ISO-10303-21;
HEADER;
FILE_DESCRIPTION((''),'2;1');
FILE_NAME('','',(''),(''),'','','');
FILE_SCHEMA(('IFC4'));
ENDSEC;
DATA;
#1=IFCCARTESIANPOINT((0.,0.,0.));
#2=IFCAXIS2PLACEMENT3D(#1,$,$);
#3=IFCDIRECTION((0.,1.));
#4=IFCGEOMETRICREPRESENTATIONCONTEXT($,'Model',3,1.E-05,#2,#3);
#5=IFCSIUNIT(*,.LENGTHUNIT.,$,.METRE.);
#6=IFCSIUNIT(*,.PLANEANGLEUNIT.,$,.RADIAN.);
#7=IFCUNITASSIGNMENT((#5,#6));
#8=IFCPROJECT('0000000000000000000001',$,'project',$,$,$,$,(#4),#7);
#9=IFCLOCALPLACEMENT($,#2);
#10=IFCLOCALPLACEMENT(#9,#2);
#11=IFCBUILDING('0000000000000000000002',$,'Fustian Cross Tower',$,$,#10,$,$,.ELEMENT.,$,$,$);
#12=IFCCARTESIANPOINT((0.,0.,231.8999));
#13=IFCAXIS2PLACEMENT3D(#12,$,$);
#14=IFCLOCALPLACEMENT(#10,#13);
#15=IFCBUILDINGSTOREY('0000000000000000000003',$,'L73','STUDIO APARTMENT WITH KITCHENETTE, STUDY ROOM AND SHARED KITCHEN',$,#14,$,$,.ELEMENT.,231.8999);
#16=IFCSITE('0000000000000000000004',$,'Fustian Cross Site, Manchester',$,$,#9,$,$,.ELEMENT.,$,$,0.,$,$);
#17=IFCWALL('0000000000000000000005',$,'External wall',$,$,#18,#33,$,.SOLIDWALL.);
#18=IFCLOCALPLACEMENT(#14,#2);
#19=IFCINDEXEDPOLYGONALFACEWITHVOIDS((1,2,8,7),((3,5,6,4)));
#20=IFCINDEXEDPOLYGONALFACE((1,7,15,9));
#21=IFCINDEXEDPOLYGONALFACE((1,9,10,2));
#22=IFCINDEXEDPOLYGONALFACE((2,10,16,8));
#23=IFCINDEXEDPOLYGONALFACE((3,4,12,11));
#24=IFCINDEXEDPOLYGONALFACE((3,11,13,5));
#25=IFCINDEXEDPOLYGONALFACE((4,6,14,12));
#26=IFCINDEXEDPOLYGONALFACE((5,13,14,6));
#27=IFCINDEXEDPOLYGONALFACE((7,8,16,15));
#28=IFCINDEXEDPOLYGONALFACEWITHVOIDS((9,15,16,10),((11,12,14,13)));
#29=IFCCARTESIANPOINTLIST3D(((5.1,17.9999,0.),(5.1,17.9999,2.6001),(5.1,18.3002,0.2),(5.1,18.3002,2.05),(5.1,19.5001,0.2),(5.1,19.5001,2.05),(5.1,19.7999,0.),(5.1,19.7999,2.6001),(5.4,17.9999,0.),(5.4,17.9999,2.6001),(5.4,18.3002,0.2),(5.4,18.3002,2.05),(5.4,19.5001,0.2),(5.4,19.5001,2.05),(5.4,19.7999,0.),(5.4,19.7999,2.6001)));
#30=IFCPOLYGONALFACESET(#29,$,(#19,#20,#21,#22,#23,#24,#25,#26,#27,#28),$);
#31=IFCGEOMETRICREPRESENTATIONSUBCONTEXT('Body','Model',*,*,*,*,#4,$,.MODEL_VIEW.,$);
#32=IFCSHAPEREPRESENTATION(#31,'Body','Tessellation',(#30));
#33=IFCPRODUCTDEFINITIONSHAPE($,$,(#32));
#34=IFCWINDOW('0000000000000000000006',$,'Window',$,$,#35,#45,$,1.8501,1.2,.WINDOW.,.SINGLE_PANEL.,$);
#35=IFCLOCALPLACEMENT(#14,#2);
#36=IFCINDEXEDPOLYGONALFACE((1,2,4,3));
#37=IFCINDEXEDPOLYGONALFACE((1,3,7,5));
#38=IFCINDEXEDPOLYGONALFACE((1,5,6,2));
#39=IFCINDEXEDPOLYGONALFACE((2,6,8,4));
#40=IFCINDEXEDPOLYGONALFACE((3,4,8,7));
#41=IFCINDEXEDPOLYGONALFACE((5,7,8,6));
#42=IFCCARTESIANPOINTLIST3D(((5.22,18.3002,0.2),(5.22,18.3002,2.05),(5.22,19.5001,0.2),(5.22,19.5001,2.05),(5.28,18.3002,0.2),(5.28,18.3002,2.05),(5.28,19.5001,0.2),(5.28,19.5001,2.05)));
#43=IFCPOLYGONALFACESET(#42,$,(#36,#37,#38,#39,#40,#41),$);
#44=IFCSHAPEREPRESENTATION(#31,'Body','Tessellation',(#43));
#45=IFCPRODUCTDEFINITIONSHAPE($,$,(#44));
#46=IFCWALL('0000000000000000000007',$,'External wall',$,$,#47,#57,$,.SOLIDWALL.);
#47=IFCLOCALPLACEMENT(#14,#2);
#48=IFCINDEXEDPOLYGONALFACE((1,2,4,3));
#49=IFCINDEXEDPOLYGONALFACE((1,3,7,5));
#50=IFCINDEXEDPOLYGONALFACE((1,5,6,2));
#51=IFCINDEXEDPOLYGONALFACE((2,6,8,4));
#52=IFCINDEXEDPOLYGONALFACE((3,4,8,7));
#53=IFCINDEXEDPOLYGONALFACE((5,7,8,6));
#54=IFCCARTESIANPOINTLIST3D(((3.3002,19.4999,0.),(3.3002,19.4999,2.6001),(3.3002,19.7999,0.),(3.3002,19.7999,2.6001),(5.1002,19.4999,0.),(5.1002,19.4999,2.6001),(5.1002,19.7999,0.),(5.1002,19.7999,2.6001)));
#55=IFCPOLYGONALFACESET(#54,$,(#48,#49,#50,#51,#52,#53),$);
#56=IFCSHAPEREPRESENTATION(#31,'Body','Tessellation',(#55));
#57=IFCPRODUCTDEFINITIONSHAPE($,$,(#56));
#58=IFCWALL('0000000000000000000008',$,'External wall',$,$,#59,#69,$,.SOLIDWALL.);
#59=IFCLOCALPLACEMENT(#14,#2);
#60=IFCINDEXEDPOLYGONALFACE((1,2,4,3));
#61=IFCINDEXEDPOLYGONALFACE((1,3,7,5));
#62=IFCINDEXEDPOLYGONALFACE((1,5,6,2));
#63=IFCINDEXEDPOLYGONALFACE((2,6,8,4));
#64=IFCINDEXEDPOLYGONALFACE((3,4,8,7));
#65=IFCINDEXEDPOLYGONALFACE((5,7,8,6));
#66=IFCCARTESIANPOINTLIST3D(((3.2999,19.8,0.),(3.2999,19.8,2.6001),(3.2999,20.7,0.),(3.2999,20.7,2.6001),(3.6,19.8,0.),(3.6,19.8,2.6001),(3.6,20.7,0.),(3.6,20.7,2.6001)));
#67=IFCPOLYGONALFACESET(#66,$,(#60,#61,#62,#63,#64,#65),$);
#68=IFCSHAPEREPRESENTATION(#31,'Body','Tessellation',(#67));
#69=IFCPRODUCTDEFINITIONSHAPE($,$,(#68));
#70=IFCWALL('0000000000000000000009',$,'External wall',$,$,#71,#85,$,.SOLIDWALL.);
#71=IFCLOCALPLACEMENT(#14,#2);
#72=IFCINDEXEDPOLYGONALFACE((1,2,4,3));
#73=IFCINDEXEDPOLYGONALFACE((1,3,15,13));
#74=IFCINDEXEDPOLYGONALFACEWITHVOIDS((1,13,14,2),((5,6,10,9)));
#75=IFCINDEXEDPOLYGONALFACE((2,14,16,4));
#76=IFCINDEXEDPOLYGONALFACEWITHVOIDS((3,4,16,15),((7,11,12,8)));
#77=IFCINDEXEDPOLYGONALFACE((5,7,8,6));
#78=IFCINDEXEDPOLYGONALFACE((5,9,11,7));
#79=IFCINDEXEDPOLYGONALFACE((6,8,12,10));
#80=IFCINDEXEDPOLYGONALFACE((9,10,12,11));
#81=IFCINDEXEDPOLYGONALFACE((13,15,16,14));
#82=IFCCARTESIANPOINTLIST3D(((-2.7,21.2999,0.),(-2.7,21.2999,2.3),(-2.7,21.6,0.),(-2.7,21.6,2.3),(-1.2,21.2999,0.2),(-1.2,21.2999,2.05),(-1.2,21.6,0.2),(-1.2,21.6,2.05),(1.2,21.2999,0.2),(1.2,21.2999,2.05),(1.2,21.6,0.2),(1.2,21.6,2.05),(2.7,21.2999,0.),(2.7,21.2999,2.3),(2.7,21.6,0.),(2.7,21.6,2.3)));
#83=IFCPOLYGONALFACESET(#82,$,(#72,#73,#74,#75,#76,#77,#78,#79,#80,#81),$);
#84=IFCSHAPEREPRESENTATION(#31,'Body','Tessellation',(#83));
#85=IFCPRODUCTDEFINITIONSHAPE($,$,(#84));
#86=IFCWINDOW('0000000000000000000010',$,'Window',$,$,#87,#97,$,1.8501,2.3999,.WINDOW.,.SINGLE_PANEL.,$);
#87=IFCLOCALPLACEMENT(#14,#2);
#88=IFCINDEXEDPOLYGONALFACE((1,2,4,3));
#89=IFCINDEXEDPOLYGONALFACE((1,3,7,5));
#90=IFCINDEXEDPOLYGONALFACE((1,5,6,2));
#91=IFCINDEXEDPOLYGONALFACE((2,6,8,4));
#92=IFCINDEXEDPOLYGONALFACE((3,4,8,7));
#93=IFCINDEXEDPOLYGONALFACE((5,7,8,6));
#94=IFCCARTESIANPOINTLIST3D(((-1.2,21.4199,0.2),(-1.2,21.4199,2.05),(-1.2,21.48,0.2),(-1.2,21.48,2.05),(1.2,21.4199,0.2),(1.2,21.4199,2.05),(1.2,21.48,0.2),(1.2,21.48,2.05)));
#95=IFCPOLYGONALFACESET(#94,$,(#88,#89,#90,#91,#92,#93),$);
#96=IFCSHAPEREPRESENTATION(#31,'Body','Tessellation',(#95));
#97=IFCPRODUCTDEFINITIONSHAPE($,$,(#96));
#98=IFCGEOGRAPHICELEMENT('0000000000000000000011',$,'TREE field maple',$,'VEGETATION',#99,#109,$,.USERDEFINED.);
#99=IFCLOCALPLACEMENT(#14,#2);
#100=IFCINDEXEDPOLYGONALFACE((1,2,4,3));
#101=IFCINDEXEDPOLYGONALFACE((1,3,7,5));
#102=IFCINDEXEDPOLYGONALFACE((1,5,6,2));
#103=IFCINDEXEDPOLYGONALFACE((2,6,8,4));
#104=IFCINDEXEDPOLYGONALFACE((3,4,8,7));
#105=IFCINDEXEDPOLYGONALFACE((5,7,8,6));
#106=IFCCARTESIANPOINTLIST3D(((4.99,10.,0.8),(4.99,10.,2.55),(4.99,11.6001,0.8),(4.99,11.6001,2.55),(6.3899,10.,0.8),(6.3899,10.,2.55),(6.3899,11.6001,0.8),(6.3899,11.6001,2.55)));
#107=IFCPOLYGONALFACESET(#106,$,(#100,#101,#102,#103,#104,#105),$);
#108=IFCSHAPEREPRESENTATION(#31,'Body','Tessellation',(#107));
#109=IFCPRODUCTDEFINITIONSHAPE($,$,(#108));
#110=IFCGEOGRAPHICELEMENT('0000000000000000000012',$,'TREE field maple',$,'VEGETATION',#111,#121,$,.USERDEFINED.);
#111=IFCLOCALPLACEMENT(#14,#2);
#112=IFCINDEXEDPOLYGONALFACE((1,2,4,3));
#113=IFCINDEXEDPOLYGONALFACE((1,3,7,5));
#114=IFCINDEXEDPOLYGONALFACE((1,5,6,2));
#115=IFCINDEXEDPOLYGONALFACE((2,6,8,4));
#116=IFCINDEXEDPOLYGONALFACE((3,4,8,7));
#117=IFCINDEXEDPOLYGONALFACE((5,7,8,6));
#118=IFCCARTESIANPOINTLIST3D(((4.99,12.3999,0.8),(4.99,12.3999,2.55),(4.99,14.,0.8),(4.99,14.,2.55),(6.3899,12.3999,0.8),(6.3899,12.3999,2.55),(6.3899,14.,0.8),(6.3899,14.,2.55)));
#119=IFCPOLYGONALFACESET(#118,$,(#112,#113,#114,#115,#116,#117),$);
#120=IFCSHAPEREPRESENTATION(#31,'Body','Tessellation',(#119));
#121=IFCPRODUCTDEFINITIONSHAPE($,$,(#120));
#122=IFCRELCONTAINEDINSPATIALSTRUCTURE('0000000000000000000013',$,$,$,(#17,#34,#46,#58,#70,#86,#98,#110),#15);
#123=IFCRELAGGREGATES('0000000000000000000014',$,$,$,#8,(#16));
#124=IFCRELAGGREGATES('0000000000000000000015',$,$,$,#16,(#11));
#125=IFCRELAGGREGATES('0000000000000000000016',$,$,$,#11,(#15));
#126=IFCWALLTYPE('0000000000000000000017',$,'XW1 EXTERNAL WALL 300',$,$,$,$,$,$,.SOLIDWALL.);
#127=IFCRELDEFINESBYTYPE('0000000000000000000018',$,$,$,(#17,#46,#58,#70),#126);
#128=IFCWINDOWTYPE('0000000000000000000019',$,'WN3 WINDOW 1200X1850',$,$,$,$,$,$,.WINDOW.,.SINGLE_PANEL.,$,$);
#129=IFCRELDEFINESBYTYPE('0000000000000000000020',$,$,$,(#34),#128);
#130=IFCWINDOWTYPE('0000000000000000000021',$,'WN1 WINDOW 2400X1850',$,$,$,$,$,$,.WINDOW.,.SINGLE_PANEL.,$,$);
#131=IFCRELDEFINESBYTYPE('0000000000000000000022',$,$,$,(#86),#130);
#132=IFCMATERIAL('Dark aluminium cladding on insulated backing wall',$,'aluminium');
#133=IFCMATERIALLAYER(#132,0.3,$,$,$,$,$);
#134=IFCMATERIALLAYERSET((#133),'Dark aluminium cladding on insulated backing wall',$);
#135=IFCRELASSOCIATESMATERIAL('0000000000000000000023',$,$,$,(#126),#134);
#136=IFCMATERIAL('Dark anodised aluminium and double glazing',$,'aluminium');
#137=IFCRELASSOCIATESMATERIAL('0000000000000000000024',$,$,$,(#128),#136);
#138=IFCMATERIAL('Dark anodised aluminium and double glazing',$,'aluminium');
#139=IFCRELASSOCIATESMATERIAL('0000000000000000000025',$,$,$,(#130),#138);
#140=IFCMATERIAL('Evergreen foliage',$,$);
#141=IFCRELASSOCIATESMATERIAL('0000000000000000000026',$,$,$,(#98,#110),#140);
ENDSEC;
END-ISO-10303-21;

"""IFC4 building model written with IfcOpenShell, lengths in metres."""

from ifc_helpers import new_model, si_unit, direction, frame, frame_2d, origin, origin_2d, place, context, subcontext, project, spatial, rectangle, extrude, material, layer, layer_set, type_object, element, fill, save


model = new_model("IFC4")

# Units and contexts
model_context = context("Model", 3, precision=1e-05, world=origin(), true_north=direction((0.0, 1.0)))
body_context = subcontext(model_context, "Body", "Model", "MODEL_VIEW")
ifc_project = project(units=[si_unit("LENGTHUNIT", "METRE"), si_unit("PLANEANGLEUNIT", "RADIAN")], contexts=[model_context])

# Site, building, storey
site_placement = place(None, origin())
site = spatial("IfcSite", under=ifc_project, at=site_placement, Name="Fustian Cross Site, Manchester", CompositionType="ELEMENT", RefElevation=0.0)
building_placement = place(site_placement, origin())
building = spatial("IfcBuilding", under=site, at=building_placement, Name="Fustian Cross Tower", CompositionType="ELEMENT")
storey_placement = place(building_placement, frame((0.0, 0.0, 231.8999)))
storey = spatial("IfcBuildingStorey", under=building, at=storey_placement, Name="L73", Description="STUDIO APARTMENT WITH KITCHENETTE, STUDY ROOM AND SHARED KITCHEN", CompositionType="ELEMENT", Elevation=231.8999)

# Shared definitions
ifc_material_1 = material(Name="Dark aluminium cladding on insulated backing wall", Category="aluminium")
ifc_layer_1 = layer(ifc_material_1, 0.3)
ifc_layer_set_1 = layer_set([ifc_layer_1], Name="Dark aluminium cladding on insulated backing wall")
wall_type_1 = type_object("IfcWallType", Name="XW1 EXTERNAL WALL 300", PredefinedType="SOLIDWALL", material=ifc_layer_set_1)

# Wall, opening, window
wall_1_placement = place(storey_placement, frame((5.25, 18.0, 0.0), z_axis=(0.0, 0.0, 1.0), x_axis=(0.0, 1.0, 0.0)))
wall_1 = element("IfcWall", 1, at=wall_1_placement, inside=storey, type_object=wall_type_1, Name="External wall", PredefinedType="SOLIDWALL", context=body_context, shape_type="SweptSolid", body=[
    extrude(rectangle(XDim=1.8, YDim=0.3, at=frame_2d((0.8999, 0.0))), origin(), (0.0, 0.0, 1.0), 2.6001),
])
opening_1_placement = place(wall_1_placement, frame((0.3, 0.0, 0.2)))
opening_1 = element("IfcOpeningElement", 2, at=opening_1_placement, cuts=wall_1, PredefinedType="OPENING", context=body_context, shape_type="SweptSolid", body=[
    extrude(rectangle(XDim=1.2, YDim=1.8501, at=frame_2d((0.6001, 0.925))), frame((0.0, 0.1599, 0.0), z_axis=(0.0, -1.0, 0.0), x_axis=(1.0, 0.0, 0.0)), (0.0, 0.0, 1.0), 0.3201),
])
ifc_material_2 = material(Name="Dark anodised aluminium and double glazing", Category="aluminium")
window_type_1 = type_object("IfcWindowType", Name="WN3 WINDOW 1200X1850", PartitioningType="SINGLE_PANEL", PredefinedType="WINDOW", material=ifc_material_2)
window_1_placement = place(opening_1_placement, origin())
window_1 = element("IfcWindow", 3, at=window_1_placement, inside=storey, type_object=window_type_1, Name="Window", OverallHeight=1.8501, OverallWidth=1.2, PartitioningType="SINGLE_PANEL", PredefinedType="WINDOW", context=body_context, shape_type="SweptSolid", body=[
    extrude(rectangle(XDim=1.2, YDim=1.8501, at=frame_2d((0.6001, 0.925))), frame((0.0, 0.03, 0.0), z_axis=(0.0, -1.0, 0.0), x_axis=(1.0, 0.0, 0.0)), (0.0, 0.0, 1.0), 0.0601),
])
fill(opening_1, window_1)

# Walls
wall_2_placement = place(storey_placement, frame((5.1001, 19.6499, 0.0), z_axis=(0.0, 0.0, 1.0), x_axis=(-1.0, 0.0, 0.0)))
element("IfcWall", 4, at=wall_2_placement, inside=storey, type_object=wall_type_1, Name="External wall", PredefinedType="SOLIDWALL", context=body_context, shape_type="SweptSolid", body=[
    extrude(rectangle(XDim=1.8, YDim=0.3, at=frame_2d((0.8999, 0.0))), origin(), (0.0, 0.0, 1.0), 2.6001),
])
wall_3_placement = place(storey_placement, frame((3.45, 19.8, 0.0), z_axis=(0.0, 0.0, 1.0), x_axis=(0.0, 1.0, 0.0)))
element("IfcWall", 5, at=wall_3_placement, inside=storey, type_object=wall_type_1, Name="External wall", PredefinedType="SOLIDWALL", context=body_context, shape_type="SweptSolid", body=[
    extrude(rectangle(XDim=0.8999, YDim=0.3, at=frame_2d((0.45, 0.0))), origin(), (0.0, 0.0, 1.0), 2.6001),
])

# Wall, opening, window
wall_4_placement = place(storey_placement, frame((2.7, 21.45, 0.0), z_axis=(0.0, 0.0, 1.0), x_axis=(-1.0, 0.0, 0.0)))
wall_4 = element("IfcWall", 6, at=wall_4_placement, inside=storey, type_object=wall_type_1, Name="External wall", PredefinedType="SOLIDWALL", context=body_context, shape_type="SweptSolid", body=[
    extrude(rectangle(XDim=5.3999, YDim=0.3, at=frame_2d((2.7, 0.0))), origin(), (0.0, 0.0, 1.0), 2.3),
])
opening_2_placement = place(wall_4_placement, frame((1.5, 0.0, 0.2)))
opening_2 = element("IfcOpeningElement", 7, at=opening_2_placement, cuts=wall_4, PredefinedType="OPENING", context=body_context, shape_type="SweptSolid", body=[
    extrude(rectangle(XDim=2.3999, YDim=1.8501, at=frame_2d((1.2, 0.925))), frame((0.0, 0.1599, 0.0), z_axis=(0.0, -1.0, 0.0), x_axis=(1.0, 0.0, 0.0)), (0.0, 0.0, 1.0), 0.3201),
])
ifc_material_3 = material(Name="Dark anodised aluminium and double glazing", Category="aluminium")
window_type_2 = type_object("IfcWindowType", Name="WN1 WINDOW 2400X1850", PartitioningType="SINGLE_PANEL", PredefinedType="WINDOW", material=ifc_material_3)
window_2_placement = place(opening_2_placement, origin())
window_2 = element("IfcWindow", 8, at=window_2_placement, inside=storey, type_object=window_type_2, Name="Window", OverallHeight=1.8501, OverallWidth=2.3999, PartitioningType="SINGLE_PANEL", PredefinedType="WINDOW", context=body_context, shape_type="SweptSolid", body=[
    extrude(rectangle(XDim=2.3999, YDim=1.8501, at=frame_2d((1.2, 0.925))), frame((0.0, 0.03, 0.0), z_axis=(0.0, -1.0, 0.0), x_axis=(1.0, 0.0, 0.0)), (0.0, 0.0, 1.0), 0.0601),
])
fill(opening_2, window_2)

# Geographic elements
ifc_material_4 = material(Name="Evergreen foliage")
for number, where, z_axis, x_axis, name in (
    (9, (5.6899, 10.8, 0.8), (0.0, 0.0, 1.0), (1.0, 0.0, 0.0), "TREE field maple"),
    (10, (5.6899, 13.2, 0.8), (0.0, 0.0, 1.0), (1.0, 0.0, 0.0), "TREE field maple"),
):
    element("IfcGeographicElement", number, at=place(storey_placement, frame(where, z_axis=z_axis, x_axis=x_axis)), inside=storey, material=ifc_material_4, Name=name, ObjectType="VEGETATION", PredefinedType="USERDEFINED", context=body_context, shape_type="SweptSolid", body=[
        extrude(rectangle(XDim=1.3999, YDim=1.6001, at=origin_2d()), origin(), (0.0, 0.0, 1.0), 1.75),
    ])

save(model, "model.ifc")
